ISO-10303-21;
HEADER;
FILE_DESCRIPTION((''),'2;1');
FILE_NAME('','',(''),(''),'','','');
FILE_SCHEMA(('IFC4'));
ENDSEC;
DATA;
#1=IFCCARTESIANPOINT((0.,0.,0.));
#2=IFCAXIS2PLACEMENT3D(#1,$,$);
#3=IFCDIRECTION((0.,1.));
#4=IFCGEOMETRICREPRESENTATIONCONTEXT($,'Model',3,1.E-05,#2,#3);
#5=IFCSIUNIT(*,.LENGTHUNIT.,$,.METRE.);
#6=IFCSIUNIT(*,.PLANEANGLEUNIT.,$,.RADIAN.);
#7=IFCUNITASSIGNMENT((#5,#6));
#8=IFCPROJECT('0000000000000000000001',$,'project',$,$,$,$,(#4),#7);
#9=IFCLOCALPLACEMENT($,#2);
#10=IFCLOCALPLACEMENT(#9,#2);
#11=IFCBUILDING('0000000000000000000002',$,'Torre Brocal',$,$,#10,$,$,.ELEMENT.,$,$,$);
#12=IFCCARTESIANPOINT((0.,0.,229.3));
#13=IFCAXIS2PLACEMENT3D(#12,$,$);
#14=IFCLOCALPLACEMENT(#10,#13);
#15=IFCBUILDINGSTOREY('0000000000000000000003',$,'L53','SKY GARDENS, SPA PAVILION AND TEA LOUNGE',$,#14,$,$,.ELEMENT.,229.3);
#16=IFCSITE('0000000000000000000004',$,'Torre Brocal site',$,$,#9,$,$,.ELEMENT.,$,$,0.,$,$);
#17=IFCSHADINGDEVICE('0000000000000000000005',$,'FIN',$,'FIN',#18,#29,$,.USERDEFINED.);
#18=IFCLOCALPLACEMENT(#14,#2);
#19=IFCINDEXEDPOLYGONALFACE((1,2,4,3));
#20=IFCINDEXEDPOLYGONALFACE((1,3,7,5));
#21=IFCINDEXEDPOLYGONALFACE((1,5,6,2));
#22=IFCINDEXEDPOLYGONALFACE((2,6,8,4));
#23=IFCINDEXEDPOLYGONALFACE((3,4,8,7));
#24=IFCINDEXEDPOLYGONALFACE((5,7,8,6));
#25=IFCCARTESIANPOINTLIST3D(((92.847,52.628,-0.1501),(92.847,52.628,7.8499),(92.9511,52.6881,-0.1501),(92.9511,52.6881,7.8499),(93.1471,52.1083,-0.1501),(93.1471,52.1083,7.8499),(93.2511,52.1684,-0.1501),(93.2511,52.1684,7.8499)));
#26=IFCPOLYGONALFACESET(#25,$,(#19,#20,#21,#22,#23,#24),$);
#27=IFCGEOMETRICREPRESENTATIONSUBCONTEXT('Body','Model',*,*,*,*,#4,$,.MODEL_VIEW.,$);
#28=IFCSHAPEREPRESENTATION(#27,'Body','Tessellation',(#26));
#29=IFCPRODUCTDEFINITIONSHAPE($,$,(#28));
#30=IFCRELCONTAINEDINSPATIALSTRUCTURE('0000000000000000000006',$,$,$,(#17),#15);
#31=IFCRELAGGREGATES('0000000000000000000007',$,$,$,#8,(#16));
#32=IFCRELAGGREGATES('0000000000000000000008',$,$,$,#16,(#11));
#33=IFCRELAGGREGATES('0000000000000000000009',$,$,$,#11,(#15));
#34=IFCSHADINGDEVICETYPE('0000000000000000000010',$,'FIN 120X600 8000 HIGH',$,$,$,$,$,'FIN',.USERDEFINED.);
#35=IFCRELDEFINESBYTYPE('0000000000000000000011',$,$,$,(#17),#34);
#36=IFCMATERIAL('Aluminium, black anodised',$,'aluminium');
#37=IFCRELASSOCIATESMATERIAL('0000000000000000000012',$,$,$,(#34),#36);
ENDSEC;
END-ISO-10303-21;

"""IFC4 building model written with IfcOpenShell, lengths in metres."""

from ifc_helpers import new_model, si_unit, direction, frame, origin, origin_2d, place, context, subcontext, project, spatial, rectangle, extrude, material, material_profile, profile_set, type_object, element, save


model = new_model("IFC4")

# Units and contexts
model_context = context("Model", 3, precision=1e-05, world=origin(), true_north=direction((0.0, 1.0)))
body_context = subcontext(model_context, "Body", "Model", "MODEL_VIEW")
ifc_project = project(units=[si_unit("LENGTHUNIT", "METRE"), si_unit("PLANEANGLEUNIT", "RADIAN")], contexts=[model_context])

# Site, building, storey
site_placement = place(None, origin())
site = spatial("IfcSite", under=ifc_project, at=site_placement, Name="Torre Brocal site", CompositionType="ELEMENT", RefElevation=0.0)
building_placement = place(site_placement, origin())
building = spatial("IfcBuilding", under=site, at=building_placement, Name="Torre Brocal", CompositionType="ELEMENT")
storey_placement = place(building_placement, frame((0.0, 0.0, 229.3)))
storey = spatial("IfcBuildingStorey", under=building, at=storey_placement, Name="L53", Description="SKY GARDENS, SPA PAVILION AND TEA LOUNGE", CompositionType="ELEMENT", Elevation=229.3)

# Shading device
ifc_material_1 = material(Name="Aluminium, black anodised", Category="aluminium")
ifc_material_profile_1 = material_profile(ifc_material_1, rectangle(XDim=0.1201, YDim=0.6001, at=origin_2d()), Name="FIN 120X600 8000 HIGH")
ifc_profile_set_1 = profile_set([ifc_material_profile_1], Name="Aluminium, black anodised")
shading_device_type = type_object("IfcShadingDeviceType", Name="FIN 120X600 8000 HIGH", ElementType="FIN", PredefinedType="USERDEFINED", material=ifc_profile_set_1)
shading_device_placement = place(storey_placement, frame((93.0491, 52.3982, -0.1501), z_axis=(0.0, 0.0, 1.0), x_axis=(0.866025, 0.5, 0.0)))
element("IfcShadingDevice", 1, at=shading_device_placement, inside=storey, type_object=shading_device_type, Name="FIN", ObjectType="FIN", PredefinedType="USERDEFINED", context=body_context, shape_type="SweptSolid", body=[
    extrude(rectangle(XDim=0.1201, YDim=0.6001, at=origin_2d()), origin(), (0.0, 0.0, 1.0), 8.0),
])

save(model, "model.ifc")
